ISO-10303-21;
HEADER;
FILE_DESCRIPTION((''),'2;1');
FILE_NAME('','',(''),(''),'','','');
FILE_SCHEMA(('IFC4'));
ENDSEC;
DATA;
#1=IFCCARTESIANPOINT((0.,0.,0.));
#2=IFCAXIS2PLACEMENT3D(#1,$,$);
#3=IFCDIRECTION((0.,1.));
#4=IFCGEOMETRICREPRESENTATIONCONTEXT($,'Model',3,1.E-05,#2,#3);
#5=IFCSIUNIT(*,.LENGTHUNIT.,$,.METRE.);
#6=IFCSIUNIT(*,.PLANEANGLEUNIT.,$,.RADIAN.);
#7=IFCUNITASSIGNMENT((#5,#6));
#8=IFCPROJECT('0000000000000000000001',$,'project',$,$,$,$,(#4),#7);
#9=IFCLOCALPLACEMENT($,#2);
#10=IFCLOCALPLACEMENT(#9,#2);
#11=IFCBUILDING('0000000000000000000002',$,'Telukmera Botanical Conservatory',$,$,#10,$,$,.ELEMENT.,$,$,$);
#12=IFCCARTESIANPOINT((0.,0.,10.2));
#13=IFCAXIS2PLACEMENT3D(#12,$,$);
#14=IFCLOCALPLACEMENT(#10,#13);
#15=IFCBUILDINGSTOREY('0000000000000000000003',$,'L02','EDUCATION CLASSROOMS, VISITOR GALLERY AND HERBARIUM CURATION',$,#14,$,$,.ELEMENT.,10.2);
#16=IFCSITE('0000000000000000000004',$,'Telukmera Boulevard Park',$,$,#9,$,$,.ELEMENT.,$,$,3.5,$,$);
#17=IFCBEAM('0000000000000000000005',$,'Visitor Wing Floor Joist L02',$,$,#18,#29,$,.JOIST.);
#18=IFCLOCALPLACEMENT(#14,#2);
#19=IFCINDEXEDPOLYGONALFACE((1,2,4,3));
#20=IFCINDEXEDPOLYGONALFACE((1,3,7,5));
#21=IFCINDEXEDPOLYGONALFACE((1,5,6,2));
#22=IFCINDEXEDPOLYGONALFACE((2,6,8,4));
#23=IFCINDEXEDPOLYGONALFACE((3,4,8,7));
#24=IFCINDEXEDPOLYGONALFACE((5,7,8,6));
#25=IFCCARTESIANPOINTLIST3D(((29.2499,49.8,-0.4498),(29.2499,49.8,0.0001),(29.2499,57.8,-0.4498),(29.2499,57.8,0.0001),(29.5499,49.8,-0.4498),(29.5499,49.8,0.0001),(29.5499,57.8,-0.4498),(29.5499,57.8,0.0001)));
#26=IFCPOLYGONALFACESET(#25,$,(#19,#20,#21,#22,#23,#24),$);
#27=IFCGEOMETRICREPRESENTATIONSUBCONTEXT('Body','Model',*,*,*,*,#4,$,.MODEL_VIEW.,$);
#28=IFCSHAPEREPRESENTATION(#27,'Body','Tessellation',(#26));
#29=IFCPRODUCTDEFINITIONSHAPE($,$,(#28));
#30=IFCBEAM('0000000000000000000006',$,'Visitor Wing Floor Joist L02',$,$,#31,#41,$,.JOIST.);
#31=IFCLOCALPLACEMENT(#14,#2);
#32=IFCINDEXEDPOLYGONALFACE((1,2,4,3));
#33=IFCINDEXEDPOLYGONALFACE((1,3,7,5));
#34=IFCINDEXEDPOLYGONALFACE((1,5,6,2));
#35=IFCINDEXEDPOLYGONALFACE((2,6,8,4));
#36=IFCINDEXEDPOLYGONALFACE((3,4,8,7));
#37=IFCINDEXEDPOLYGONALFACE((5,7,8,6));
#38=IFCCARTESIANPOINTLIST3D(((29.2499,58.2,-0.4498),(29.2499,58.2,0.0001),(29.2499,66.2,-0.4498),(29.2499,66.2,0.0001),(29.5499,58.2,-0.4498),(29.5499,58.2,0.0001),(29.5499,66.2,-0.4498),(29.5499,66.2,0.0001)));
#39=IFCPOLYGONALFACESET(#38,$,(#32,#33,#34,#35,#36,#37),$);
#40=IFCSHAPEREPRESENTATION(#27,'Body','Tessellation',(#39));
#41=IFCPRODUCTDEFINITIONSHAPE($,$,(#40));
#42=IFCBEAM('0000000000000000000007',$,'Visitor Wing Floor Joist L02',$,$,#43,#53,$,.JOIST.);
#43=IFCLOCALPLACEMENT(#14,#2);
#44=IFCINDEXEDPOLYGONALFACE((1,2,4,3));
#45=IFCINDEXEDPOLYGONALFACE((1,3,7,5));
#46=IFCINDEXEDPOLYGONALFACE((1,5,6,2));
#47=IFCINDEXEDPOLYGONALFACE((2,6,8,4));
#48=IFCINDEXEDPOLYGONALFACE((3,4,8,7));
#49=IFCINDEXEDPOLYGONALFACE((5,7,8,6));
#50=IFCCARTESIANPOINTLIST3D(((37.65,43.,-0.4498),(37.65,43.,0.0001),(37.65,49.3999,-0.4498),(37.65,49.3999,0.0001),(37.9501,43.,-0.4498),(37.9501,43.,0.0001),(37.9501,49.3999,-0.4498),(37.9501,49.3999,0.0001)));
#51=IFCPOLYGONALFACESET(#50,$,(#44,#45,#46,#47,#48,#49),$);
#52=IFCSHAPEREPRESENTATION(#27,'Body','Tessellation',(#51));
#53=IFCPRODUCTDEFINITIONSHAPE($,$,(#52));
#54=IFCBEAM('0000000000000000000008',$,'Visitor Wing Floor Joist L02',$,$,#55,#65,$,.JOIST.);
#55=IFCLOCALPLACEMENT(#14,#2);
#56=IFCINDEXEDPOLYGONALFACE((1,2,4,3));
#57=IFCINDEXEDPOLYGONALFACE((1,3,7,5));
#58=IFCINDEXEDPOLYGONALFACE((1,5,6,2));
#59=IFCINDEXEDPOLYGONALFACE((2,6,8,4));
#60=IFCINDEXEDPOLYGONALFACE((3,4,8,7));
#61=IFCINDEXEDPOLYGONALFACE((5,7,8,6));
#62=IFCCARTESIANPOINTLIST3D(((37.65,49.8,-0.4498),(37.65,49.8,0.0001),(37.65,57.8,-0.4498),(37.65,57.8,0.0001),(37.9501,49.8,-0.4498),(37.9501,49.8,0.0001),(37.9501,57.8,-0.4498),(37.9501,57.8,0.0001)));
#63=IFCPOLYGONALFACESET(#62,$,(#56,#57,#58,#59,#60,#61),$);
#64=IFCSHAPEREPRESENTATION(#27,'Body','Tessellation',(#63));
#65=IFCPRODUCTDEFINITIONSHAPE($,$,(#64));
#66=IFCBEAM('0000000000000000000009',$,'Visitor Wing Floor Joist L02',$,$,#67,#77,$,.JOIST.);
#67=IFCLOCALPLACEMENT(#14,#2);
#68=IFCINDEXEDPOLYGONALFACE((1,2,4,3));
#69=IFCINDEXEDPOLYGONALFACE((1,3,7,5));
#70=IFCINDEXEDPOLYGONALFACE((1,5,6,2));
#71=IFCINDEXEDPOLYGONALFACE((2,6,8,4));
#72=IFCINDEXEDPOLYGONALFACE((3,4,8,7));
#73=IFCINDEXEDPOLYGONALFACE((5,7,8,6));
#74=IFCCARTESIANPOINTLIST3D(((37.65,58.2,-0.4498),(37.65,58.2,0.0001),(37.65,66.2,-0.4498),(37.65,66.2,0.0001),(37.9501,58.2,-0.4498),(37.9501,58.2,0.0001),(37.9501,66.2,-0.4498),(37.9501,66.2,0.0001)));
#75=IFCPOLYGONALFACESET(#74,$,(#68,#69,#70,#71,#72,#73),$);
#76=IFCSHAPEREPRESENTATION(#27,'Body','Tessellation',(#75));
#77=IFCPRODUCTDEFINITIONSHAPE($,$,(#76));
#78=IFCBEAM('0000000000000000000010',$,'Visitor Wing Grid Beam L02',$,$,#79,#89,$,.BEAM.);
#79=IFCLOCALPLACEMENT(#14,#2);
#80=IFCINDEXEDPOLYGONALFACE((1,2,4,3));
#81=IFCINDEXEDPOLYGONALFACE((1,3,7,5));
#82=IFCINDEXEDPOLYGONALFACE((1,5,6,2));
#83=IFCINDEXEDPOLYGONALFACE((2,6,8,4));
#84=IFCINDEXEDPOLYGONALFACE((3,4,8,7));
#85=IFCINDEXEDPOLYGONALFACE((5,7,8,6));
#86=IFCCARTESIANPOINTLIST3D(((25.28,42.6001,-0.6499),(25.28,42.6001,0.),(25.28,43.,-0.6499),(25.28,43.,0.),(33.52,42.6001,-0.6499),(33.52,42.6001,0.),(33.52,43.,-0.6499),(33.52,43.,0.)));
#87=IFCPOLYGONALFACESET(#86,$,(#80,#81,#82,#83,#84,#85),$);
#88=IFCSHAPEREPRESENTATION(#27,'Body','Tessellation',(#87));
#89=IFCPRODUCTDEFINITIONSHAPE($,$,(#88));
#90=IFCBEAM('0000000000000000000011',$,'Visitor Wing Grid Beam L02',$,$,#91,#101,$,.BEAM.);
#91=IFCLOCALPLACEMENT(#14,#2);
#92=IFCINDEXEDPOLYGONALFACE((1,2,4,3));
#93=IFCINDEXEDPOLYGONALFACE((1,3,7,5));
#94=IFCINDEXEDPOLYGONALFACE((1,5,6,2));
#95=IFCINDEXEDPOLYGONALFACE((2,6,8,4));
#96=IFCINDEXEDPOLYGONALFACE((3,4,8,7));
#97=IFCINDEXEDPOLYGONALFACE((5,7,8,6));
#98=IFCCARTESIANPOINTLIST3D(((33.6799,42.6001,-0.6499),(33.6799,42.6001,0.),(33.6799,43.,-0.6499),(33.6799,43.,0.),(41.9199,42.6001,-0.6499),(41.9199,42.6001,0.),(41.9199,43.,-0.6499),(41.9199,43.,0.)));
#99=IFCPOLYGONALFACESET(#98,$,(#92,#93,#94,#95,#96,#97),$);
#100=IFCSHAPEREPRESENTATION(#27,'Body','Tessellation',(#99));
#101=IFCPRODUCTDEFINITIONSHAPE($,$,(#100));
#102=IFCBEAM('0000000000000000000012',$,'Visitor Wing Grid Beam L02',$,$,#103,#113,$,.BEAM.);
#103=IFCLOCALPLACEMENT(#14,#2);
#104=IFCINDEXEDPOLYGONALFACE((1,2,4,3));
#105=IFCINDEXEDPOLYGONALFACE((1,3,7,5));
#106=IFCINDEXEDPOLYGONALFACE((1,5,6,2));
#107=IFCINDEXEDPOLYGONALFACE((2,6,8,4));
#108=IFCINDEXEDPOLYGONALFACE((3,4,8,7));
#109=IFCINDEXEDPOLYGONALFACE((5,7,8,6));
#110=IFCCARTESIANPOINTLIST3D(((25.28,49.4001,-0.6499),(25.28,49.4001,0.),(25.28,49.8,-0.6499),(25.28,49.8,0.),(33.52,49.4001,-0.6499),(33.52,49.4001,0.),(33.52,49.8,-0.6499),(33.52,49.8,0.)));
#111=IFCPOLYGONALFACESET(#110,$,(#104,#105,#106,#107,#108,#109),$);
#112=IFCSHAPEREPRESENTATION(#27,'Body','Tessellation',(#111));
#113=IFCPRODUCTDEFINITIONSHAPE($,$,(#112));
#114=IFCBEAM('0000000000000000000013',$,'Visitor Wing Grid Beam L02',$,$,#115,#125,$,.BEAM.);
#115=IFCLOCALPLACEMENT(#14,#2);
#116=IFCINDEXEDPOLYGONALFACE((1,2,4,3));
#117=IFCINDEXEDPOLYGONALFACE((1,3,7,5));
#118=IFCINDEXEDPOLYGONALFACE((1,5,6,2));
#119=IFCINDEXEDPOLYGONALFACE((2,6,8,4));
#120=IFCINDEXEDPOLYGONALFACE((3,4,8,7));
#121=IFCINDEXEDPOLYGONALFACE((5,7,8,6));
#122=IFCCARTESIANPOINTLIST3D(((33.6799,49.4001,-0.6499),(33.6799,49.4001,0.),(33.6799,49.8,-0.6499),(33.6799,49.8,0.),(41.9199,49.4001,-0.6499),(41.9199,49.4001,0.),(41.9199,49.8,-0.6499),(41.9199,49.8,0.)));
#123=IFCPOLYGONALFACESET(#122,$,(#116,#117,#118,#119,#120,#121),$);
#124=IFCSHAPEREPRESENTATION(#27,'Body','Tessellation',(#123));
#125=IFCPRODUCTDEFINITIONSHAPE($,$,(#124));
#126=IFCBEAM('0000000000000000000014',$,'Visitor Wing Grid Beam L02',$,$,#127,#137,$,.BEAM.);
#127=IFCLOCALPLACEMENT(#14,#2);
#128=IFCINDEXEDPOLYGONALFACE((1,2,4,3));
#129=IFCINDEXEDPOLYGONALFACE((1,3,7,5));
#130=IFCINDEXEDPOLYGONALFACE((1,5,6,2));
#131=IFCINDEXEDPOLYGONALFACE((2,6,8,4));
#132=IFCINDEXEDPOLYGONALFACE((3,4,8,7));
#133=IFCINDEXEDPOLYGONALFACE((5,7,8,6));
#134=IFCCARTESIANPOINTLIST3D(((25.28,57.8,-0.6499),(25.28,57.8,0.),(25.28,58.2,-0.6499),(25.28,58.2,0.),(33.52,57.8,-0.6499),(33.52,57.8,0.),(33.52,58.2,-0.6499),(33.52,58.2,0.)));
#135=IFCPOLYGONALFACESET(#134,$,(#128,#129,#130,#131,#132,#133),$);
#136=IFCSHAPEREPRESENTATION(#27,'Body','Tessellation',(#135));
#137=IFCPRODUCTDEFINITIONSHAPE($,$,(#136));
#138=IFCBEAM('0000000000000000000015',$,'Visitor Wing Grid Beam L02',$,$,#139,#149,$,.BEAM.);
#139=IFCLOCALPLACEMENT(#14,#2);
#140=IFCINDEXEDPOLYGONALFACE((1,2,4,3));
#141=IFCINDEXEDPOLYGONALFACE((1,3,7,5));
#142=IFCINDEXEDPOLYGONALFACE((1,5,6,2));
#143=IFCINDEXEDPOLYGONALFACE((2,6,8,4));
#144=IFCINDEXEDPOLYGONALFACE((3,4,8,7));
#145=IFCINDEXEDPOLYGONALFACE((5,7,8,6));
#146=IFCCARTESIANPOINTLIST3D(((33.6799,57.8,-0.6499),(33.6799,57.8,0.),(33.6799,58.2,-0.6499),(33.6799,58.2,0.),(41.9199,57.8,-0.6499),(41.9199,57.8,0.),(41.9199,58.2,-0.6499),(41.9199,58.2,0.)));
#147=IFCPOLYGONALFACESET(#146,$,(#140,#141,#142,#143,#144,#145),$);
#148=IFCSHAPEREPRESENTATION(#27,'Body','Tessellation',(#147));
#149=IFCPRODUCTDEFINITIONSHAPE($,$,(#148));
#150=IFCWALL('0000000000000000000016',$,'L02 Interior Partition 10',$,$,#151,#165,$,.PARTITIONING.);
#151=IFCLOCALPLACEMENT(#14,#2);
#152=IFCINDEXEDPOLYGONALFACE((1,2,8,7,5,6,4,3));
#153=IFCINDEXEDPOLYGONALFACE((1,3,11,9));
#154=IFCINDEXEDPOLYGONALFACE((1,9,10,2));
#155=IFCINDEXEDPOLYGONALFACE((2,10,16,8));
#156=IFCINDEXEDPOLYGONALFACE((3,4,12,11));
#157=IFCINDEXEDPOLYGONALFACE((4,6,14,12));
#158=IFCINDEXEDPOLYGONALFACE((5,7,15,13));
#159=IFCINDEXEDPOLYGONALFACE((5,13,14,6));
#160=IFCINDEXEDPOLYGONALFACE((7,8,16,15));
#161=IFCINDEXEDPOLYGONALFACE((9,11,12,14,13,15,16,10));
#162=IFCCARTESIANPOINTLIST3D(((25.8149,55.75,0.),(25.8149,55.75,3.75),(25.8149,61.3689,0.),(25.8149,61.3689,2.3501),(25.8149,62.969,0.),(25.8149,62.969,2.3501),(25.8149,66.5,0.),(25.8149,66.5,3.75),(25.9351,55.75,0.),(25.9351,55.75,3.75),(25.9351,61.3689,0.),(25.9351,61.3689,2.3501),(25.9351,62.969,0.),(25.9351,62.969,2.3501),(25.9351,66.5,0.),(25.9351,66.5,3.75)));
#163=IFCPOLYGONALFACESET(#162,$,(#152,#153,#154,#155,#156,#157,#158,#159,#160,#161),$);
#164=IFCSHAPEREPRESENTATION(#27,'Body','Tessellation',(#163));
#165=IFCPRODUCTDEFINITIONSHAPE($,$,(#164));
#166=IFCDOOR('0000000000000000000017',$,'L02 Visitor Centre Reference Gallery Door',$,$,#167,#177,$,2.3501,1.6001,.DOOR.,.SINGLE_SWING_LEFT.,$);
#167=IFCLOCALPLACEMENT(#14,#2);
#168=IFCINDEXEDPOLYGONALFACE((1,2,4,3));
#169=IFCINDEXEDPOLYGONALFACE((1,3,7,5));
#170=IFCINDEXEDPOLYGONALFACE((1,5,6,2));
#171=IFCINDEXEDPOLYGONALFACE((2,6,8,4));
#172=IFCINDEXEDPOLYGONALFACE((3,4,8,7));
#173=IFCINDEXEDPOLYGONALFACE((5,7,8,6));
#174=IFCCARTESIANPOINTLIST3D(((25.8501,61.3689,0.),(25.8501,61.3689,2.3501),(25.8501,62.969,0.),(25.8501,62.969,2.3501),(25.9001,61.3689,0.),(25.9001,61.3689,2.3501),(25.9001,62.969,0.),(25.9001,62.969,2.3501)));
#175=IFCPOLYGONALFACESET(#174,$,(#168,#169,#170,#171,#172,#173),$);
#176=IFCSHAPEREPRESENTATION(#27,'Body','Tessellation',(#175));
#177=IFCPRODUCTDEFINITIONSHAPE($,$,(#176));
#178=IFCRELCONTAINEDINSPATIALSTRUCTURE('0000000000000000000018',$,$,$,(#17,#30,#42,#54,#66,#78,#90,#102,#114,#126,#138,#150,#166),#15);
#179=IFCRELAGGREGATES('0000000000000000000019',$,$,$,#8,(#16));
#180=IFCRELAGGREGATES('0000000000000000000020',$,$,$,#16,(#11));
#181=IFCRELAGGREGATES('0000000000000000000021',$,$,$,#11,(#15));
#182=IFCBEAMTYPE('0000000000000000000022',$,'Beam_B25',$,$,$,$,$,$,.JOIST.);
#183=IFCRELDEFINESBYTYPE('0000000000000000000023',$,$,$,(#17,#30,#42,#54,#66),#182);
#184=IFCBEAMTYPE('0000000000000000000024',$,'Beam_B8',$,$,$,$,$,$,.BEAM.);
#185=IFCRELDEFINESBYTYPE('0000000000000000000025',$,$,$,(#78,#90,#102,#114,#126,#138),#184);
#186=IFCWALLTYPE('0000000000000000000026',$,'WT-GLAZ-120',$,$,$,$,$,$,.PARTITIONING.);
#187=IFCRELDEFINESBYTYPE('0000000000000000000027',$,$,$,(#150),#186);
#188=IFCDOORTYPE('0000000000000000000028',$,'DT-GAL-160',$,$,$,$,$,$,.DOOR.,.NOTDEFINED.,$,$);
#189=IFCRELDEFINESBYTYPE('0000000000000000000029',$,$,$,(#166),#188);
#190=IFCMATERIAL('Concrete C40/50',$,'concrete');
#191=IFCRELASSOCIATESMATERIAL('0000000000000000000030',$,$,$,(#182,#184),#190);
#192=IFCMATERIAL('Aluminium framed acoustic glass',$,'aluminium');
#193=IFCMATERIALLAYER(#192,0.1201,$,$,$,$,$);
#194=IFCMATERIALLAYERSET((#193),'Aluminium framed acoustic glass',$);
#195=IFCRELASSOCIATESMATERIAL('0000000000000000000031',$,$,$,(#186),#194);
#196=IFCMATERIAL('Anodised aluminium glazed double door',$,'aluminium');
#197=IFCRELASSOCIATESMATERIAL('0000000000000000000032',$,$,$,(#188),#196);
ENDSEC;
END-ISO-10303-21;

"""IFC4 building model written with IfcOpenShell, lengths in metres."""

from ifc_helpers import new_model, si_unit, direction, frame, frame_2d, origin, origin_2d, place, context, subcontext, project, spatial, rectangle, extrude, material, layer, layer_set, material_profile, profile_set, type_object, element, fill, save


model = new_model("IFC4")

# Units and contexts
model_context = context("Model", 3, precision=1e-05, world=origin(), true_north=direction((0.0, 1.0)))
body_context = subcontext(model_context, "Body", "Model", "MODEL_VIEW")
ifc_project = project(units=[si_unit("LENGTHUNIT", "METRE"), si_unit("PLANEANGLEUNIT", "RADIAN")], contexts=[model_context])

# Site, building, storey
site_placement = place(None, origin())
site = spatial("IfcSite", under=ifc_project, at=site_placement, Name="Telukmera Boulevard Park", CompositionType="ELEMENT", RefElevation=3.5)
building_placement = place(site_placement, origin())
building = spatial("IfcBuilding", under=site, at=building_placement, Name="Telukmera Botanical Conservatory", CompositionType="ELEMENT")
storey_placement = place(building_placement, frame((0.0, 0.0, 10.2)))
storey = spatial("IfcBuildingStorey", under=building, at=storey_placement, Name="L02", Description="EDUCATION CLASSROOMS, VISITOR GALLERY AND HERBARIUM CURATION", CompositionType="ELEMENT", Elevation=10.2)

# Shared definitions
ifc_material_1 = material(Name="Concrete C40/50", Category="concrete")

# Beams
ifc_material_profile_1 = material_profile(ifc_material_1, rectangle(XDim=0.3, YDim=0.45, at=origin_2d()), Name="RC 300x450")
ifc_profile_set_1 = profile_set([ifc_material_profile_1], Name="Concrete C40/50")
beam_type_1 = type_object("IfcBeamType", Name="Beam_B25", PredefinedType="JOIST", material=ifc_profile_set_1)
for number, where, z_axis, x_axis, name in (
    (1, (29.3999, 49.8, -0.2249), (0.0, 1.0, 0.0), (-1.0, 0.0, 0.0), "Visitor Wing Floor Joist L02"),
    (2, (29.3999, 58.2, -0.2249), (0.0, 1.0, 0.0), (-1.0, 0.0, 0.0), "Visitor Wing Floor Joist L02"),
):
    element("IfcBeam", number, at=place(storey_placement, frame(where, z_axis=z_axis, x_axis=x_axis)), inside=storey, type_object=beam_type_1, Name=name, PredefinedType="JOIST", context=body_context, shape_type="SweptSolid", body=[
        extrude(rectangle(XDim=0.3, YDim=0.45, at=origin_2d()), origin(), (0.0, 0.0, 1.0), 8.0),
    ])
beam_1_placement = place(storey_placement, frame((37.8, 43.0, -0.2249), z_axis=(0.0, 1.0, 0.0), x_axis=(-1.0, 0.0, 0.0)))
element("IfcBeam", 3, at=beam_1_placement, inside=storey, type_object=beam_type_1, Name="Visitor Wing Floor Joist L02", PredefinedType="JOIST", context=body_context, shape_type="SweptSolid", body=[
    extrude(rectangle(XDim=0.3, YDim=0.45, at=origin_2d()), origin(), (0.0, 0.0, 1.0), 6.3999),
])
for number, where, z_axis, x_axis, name in (
    (4, (37.8, 49.8, -0.2249), (0.0, 1.0, 0.0), (-1.0, 0.0, 0.0), "Visitor Wing Floor Joist L02"),
    (5, (37.8, 58.2, -0.2249), (0.0, 1.0, 0.0), (-1.0, 0.0, 0.0), "Visitor Wing Floor Joist L02"),
):
    element("IfcBeam", number, at=place(storey_placement, frame(where, z_axis=z_axis, x_axis=x_axis)), inside=storey, type_object=beam_type_1, Name=name, PredefinedType="JOIST", context=body_context, shape_type="SweptSolid", body=[
        extrude(rectangle(XDim=0.3, YDim=0.45, at=origin_2d()), origin(), (0.0, 0.0, 1.0), 8.0),
    ])
ifc_material_profile_2 = material_profile(ifc_material_1, rectangle(XDim=0.3999, YDim=0.6499, at=origin_2d()), Name="RC 400x650")
ifc_profile_set_2 = profile_set([ifc_material_profile_2], Name="Concrete C40/50")
beam_type_2 = type_object("IfcBeamType", Name="Beam_B8", PredefinedType="BEAM", material=ifc_profile_set_2)
for number, where, z_axis, x_axis, name in (
    (6, (25.28, 42.8, -0.325), (1.0, 0.0, 0.0), (0.0, 1.0, 0.0), "Visitor Wing Grid Beam L02"),
    (7, (33.6799, 42.8, -0.325), (1.0, 0.0, 0.0), (0.0, 1.0, 0.0), "Visitor Wing Grid Beam L02"),
    (8, (25.28, 49.6001, -0.325), (1.0, 0.0, 0.0), (0.0, 1.0, 0.0), "Visitor Wing Grid Beam L02"),
    (9, (33.6799, 49.6001, -0.325), (1.0, 0.0, 0.0), (0.0, 1.0, 0.0), "Visitor Wing Grid Beam L02"),
    (10, (25.28, 58.0, -0.325), (1.0, 0.0, 0.0), (0.0, 1.0, 0.0), "Visitor Wing Grid Beam L02"),
    (11, (33.6799, 58.0, -0.325), (1.0, 0.0, 0.0), (0.0, 1.0, 0.0), "Visitor Wing Grid Beam L02"),
):
    element("IfcBeam", number, at=place(storey_placement, frame(where, z_axis=z_axis, x_axis=x_axis)), inside=storey, type_object=beam_type_2, Name=name, PredefinedType="BEAM", context=body_context, shape_type="SweptSolid", body=[
        extrude(rectangle(XDim=0.3999, YDim=0.6499, at=origin_2d()), origin(), (0.0, 0.0, 1.0), 8.24),
    ])

# Wall, opening, door
ifc_material_2 = material(Name="Aluminium framed acoustic glass", Category="aluminium")
ifc_layer_1 = layer(ifc_material_2, 0.1201)
ifc_layer_set_1 = layer_set([ifc_layer_1], Name="Aluminium framed acoustic glass")
wall_type_1 = type_object("IfcWallType", Name="WT-GLAZ-120", PredefinedType="PARTITIONING", material=ifc_layer_set_1)
wall_1_placement = place(storey_placement, frame((25.875, 55.75, 0.0), z_axis=(0.0, 0.0, 1.0), x_axis=(0.0, 1.0, 0.0)))
wall_1 = element("IfcWall", 12, at=wall_1_placement, inside=storey, type_object=wall_type_1, Name="L02 Interior Partition 10", PredefinedType="PARTITIONING", context=body_context, shape_type="SweptSolid", body=[
    extrude(rectangle(XDim=10.75, YDim=0.1201, at=frame_2d((5.375, 0.0))), origin(), (0.0, 0.0, 1.0), 3.75),
])
opening_1_placement = place(wall_1_placement, frame((5.6189, 0.0, 0.0)))
opening_1 = element("IfcOpeningElement", 13, at=opening_1_placement, cuts=wall_1, PredefinedType="OPENING", context=body_context, shape_type="SweptSolid", body=[
    extrude(rectangle(XDim=1.6001, YDim=2.3501, at=frame_2d((0.8, 1.175))), frame((0.0, 0.0701, 0.0), z_axis=(0.0, -1.0, 0.0), x_axis=(1.0, 0.0, 0.0)), (0.0, 0.0, 1.0), 0.1401),
])
ifc_material_3 = material(Name="Anodised aluminium glazed double door", Category="aluminium")
door_type_1 = type_object("IfcDoorType", Name="DT-GAL-160", OperationType="NOTDEFINED", PredefinedType="DOOR", material=ifc_material_3)
door_1_placement = place(opening_1_placement, origin())
door_1 = element("IfcDoor", 14, at=door_1_placement, inside=storey, type_object=door_type_1, Name="L02 Visitor Centre Reference Gallery Door", OperationType="SINGLE_SWING_LEFT", OverallHeight=2.3501, OverallWidth=1.6001, PredefinedType="DOOR", context=body_context, shape_type="SweptSolid", body=[
    extrude(rectangle(XDim=1.6001, YDim=2.3501, at=frame_2d((0.8, 1.175))), frame((0.0, 0.0249, 0.0), z_axis=(0.0, -1.0, 0.0), x_axis=(1.0, 0.0, 0.0)), (0.0, 0.0, 1.0), 0.05),
])
fill(opening_1, door_1)

save(model, "model.ifc")
